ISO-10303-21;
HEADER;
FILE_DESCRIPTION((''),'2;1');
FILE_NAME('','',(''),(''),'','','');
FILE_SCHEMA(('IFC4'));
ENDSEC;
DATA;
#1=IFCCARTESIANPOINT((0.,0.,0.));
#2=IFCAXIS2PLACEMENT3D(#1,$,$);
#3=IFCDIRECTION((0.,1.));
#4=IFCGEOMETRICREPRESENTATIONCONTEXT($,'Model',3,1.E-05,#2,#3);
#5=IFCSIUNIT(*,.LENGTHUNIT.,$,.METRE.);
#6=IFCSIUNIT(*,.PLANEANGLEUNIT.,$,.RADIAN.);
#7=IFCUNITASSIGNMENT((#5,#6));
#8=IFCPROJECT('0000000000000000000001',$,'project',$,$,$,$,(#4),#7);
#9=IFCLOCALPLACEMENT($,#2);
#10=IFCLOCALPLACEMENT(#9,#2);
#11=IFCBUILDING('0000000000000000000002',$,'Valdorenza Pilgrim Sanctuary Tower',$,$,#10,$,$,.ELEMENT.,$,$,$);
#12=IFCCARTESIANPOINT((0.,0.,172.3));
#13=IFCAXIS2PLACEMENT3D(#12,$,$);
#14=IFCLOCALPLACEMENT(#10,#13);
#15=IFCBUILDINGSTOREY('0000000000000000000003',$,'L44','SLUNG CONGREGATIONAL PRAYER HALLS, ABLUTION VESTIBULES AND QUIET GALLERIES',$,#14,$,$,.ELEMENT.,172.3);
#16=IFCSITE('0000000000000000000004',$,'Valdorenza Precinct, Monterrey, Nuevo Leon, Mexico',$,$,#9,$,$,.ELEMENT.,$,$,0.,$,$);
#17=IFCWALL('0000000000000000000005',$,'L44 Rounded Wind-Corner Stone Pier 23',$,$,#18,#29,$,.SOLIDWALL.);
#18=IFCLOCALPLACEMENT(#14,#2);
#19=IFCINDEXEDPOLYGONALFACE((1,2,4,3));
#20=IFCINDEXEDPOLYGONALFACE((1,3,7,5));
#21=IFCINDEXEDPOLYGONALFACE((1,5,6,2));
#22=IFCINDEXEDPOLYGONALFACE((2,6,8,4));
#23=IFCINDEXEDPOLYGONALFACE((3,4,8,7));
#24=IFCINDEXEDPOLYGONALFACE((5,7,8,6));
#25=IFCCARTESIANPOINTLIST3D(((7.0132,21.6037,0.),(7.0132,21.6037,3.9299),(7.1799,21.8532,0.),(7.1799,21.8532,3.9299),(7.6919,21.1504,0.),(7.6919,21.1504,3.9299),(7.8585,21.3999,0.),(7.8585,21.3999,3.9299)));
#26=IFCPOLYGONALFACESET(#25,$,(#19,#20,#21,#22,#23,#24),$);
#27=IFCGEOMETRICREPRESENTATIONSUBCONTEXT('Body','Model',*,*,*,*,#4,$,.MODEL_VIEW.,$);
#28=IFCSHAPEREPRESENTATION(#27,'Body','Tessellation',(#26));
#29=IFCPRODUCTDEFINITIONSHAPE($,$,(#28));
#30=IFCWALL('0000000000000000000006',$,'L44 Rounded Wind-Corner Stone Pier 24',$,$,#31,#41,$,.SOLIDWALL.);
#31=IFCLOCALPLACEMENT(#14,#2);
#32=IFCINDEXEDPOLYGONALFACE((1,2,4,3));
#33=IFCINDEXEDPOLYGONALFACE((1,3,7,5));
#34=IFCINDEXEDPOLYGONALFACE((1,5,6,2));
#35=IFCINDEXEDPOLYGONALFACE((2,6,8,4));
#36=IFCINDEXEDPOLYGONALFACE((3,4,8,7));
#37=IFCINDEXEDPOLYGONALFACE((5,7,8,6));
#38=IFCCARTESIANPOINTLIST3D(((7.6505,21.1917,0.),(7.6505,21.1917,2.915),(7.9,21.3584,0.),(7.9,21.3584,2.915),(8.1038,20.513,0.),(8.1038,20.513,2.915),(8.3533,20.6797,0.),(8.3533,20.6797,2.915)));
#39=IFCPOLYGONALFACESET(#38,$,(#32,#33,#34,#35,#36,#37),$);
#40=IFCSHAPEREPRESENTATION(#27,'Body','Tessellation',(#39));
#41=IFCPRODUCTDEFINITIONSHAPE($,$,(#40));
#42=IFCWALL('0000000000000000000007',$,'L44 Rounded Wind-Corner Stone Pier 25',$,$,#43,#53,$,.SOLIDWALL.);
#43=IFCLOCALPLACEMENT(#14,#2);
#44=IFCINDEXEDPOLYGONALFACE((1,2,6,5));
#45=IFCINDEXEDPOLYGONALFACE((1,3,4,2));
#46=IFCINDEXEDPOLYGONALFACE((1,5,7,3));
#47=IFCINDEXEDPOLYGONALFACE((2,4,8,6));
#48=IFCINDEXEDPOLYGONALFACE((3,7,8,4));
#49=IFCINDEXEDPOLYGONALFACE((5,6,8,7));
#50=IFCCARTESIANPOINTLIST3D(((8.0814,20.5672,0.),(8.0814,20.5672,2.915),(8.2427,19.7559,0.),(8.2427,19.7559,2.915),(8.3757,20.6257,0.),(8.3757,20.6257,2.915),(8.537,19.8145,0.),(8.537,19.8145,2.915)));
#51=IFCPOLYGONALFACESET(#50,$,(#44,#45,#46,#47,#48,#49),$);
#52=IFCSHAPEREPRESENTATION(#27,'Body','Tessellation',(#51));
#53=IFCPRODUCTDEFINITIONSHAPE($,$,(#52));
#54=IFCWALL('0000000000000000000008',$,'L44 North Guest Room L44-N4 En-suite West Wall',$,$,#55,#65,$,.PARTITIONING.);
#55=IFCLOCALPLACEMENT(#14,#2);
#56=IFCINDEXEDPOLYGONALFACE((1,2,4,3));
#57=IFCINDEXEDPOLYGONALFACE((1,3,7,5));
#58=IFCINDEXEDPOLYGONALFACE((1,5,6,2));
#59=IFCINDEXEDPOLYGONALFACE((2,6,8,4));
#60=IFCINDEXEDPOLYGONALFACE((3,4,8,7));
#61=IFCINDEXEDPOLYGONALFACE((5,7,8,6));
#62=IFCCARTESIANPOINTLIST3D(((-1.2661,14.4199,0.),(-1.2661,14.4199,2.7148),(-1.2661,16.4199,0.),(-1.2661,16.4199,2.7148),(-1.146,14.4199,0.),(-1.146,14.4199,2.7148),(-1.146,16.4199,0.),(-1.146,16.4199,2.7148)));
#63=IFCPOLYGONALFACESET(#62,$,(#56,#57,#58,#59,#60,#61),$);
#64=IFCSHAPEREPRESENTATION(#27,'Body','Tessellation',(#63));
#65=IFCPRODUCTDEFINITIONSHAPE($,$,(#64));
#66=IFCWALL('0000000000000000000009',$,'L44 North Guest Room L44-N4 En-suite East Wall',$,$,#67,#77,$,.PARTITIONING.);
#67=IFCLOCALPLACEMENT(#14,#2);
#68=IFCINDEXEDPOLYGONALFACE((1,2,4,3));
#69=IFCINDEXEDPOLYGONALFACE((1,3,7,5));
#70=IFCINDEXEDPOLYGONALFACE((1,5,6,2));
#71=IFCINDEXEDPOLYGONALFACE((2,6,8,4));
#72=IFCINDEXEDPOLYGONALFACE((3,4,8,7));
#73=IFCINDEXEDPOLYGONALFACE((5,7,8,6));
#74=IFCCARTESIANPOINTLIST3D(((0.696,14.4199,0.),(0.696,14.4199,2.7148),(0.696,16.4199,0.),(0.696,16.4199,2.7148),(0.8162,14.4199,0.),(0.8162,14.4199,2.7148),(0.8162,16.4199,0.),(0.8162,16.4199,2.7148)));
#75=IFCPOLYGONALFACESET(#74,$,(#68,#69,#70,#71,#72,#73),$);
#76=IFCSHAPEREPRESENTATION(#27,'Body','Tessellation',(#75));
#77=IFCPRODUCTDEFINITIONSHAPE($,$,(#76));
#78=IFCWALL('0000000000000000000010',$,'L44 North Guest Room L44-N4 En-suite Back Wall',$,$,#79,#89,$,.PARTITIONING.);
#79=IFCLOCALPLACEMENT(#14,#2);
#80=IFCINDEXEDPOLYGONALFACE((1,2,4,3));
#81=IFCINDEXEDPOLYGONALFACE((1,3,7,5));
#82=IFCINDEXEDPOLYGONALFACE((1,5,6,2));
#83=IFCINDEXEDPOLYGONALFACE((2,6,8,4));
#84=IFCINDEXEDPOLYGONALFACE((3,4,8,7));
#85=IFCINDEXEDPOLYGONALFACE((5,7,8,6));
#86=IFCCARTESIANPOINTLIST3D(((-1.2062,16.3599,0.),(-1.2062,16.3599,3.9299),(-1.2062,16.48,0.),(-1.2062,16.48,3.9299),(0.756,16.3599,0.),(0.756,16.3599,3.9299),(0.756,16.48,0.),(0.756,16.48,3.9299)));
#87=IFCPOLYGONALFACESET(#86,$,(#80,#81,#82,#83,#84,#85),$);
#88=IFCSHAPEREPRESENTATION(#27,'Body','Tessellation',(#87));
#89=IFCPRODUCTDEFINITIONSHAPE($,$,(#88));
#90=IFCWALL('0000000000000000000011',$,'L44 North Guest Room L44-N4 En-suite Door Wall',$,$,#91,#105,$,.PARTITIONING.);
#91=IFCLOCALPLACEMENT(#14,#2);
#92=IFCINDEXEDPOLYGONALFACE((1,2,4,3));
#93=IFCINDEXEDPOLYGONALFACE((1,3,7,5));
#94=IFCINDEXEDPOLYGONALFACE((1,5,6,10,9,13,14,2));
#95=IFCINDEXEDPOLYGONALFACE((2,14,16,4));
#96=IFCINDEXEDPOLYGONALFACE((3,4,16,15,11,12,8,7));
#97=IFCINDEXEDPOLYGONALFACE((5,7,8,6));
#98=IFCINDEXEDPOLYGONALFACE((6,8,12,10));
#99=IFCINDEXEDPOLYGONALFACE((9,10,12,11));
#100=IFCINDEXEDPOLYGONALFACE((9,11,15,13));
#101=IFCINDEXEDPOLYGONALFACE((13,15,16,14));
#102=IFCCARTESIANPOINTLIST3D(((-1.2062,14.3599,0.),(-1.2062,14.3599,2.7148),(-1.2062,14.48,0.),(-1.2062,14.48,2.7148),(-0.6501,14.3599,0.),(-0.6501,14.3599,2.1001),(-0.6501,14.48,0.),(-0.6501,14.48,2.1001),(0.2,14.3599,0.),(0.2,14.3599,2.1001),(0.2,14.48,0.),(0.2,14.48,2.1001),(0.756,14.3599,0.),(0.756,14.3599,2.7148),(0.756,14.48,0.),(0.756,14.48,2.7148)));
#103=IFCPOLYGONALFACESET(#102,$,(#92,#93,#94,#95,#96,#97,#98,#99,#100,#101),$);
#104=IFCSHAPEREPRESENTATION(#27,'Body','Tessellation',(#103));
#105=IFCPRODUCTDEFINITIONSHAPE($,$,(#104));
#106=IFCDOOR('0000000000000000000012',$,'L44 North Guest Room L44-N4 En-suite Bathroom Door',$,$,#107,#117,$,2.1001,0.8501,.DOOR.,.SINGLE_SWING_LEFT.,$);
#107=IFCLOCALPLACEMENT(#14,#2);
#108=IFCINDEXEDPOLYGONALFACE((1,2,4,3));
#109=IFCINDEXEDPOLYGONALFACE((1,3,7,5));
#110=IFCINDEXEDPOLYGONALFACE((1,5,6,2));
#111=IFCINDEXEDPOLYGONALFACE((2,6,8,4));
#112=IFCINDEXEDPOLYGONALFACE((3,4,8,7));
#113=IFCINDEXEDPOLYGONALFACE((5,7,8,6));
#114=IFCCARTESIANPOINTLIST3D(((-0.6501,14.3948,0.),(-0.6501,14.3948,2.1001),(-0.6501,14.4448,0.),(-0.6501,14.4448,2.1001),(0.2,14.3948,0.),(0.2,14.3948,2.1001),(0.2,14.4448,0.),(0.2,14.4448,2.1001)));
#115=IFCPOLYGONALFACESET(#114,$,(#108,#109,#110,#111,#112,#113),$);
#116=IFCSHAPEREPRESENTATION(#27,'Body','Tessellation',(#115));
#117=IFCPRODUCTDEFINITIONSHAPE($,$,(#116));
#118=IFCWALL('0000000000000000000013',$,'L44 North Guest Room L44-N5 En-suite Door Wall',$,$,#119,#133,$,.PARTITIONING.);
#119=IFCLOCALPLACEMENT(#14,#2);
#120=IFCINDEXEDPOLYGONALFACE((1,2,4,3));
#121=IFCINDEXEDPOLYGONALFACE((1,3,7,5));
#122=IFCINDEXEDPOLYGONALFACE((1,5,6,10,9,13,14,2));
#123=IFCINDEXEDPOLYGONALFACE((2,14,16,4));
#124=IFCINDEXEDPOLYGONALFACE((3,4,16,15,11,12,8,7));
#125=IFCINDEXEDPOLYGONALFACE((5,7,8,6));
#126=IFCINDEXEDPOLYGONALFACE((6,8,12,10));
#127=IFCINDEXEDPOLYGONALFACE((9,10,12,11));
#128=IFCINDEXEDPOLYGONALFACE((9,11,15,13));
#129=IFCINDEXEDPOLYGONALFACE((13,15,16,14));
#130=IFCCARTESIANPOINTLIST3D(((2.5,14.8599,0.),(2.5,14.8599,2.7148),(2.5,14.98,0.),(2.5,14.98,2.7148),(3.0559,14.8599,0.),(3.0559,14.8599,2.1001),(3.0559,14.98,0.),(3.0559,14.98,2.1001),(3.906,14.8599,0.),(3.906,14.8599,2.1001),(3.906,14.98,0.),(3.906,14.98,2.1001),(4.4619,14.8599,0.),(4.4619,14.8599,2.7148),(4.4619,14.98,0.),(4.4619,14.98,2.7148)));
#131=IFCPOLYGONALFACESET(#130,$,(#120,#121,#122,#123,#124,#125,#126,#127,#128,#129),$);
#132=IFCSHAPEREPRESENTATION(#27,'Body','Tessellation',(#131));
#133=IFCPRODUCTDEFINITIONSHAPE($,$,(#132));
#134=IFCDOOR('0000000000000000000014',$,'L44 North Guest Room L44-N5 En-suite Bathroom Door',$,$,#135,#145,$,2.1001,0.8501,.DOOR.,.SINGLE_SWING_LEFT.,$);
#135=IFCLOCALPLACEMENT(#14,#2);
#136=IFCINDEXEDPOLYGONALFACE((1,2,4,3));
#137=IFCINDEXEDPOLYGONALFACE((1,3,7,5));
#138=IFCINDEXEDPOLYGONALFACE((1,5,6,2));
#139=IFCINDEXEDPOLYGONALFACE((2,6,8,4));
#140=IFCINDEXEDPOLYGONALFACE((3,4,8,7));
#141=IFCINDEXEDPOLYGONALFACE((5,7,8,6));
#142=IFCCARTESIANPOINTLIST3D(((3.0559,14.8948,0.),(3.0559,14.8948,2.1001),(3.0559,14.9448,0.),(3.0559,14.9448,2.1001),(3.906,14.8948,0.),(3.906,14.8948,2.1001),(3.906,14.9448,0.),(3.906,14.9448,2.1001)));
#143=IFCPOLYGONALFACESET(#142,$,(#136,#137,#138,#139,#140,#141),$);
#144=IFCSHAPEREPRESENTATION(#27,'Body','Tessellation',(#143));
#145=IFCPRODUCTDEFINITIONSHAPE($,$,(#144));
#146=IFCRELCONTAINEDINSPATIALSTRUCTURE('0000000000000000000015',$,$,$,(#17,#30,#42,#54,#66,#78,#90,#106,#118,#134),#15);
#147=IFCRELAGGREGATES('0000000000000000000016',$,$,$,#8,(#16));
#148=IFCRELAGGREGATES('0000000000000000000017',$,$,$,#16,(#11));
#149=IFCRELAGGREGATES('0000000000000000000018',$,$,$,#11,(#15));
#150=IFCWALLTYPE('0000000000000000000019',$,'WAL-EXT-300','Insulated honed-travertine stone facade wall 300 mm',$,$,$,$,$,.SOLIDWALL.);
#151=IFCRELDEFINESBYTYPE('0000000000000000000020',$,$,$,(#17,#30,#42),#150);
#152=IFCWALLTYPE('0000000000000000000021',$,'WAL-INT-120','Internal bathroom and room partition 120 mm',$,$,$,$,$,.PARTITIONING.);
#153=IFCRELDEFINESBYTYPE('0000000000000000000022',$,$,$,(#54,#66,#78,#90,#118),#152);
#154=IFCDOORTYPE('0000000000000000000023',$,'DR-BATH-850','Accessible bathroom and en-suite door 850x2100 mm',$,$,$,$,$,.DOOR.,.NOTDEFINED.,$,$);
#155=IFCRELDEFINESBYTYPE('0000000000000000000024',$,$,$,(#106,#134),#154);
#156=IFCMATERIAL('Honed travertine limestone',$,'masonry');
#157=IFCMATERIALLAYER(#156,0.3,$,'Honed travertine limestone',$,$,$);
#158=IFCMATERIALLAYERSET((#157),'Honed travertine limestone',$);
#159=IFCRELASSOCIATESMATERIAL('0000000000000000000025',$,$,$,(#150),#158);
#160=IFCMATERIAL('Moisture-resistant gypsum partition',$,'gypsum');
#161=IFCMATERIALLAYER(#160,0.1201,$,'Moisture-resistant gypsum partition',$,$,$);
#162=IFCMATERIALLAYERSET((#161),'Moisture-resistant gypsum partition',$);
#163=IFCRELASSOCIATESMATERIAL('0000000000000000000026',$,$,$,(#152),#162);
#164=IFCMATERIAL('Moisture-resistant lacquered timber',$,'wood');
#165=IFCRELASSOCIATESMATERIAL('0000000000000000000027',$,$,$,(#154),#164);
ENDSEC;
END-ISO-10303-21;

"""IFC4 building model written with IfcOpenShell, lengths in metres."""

from ifc_helpers import new_model, si_unit, direction, frame, frame_2d, origin, place, context, subcontext, project, spatial, rectangle, extrude, material, layer, layer_set, type_object, element, fill, save


model = new_model("IFC4")

# Units and contexts
model_context = context("Model", 3, precision=1e-05, world=origin(), true_north=direction((0.0, 1.0)))
body_context = subcontext(model_context, "Body", "Model", "MODEL_VIEW")
ifc_project = project(units=[si_unit("LENGTHUNIT", "METRE"), si_unit("PLANEANGLEUNIT", "RADIAN")], contexts=[model_context])

# Site, building, storey
site_placement = place(None, origin())
site = spatial("IfcSite", under=ifc_project, at=site_placement, Name="Valdorenza Precinct, Monterrey, Nuevo Leon, Mexico", CompositionType="ELEMENT", RefElevation=0.0)
building_placement = place(site_placement, origin())
building = spatial("IfcBuilding", under=site, at=building_placement, Name="Valdorenza Pilgrim Sanctuary Tower", CompositionType="ELEMENT")
storey_placement = place(building_placement, frame((0.0, 0.0, 172.3)))
storey = spatial("IfcBuildingStorey", under=building, at=storey_placement, Name="L44", Description="SLUNG CONGREGATIONAL PRAYER HALLS, ABLUTION VESTIBULES AND QUIET GALLERIES", CompositionType="ELEMENT", Elevation=172.3)

# Shared definitions
ifc_material_1 = material(Name="Honed travertine limestone", Category="masonry")

# Walls
ifc_layer_1 = layer(ifc_material_1, 0.3, Name="Honed travertine limestone")
ifc_layer_set_1 = layer_set([ifc_layer_1], Name="Honed travertine limestone")
wall_type_1 = type_object("IfcWallType", Name="WAL-EXT-300", Description="Insulated honed-travertine stone facade wall 300 mm", PredefinedType="SOLIDWALL", material=ifc_layer_set_1)
wall_1_placement = place(storey_placement, frame((7.0964, 21.7285, 0.0), z_axis=(0.0, 0.0, 1.0), x_axis=(0.831544, -0.555459, 0.0)))
element("IfcWall", 1, at=wall_1_placement, inside=storey, type_object=wall_type_1, Name="L44 Rounded Wind-Corner Stone Pier 23", PredefinedType="SOLIDWALL", context=body_context, shape_type="SweptSolid", body=[
    extrude(rectangle(XDim=0.8162, YDim=0.3, at=frame_2d((0.4082, 0.0))), origin(), (0.0, 0.0, 1.0), 3.9299),
])
wall_2_placement = place(storey_placement, frame((7.7751, 21.2751, 0.0), z_axis=(0.0, 0.0, 1.0), x_axis=(0.555459, -0.831544, 0.0)))
element("IfcWall", 2, at=wall_2_placement, inside=storey, type_object=wall_type_1, Name="L44 Rounded Wind-Corner Stone Pier 24", PredefinedType="SOLIDWALL", context=body_context, shape_type="SweptSolid", body=[
    extrude(rectangle(XDim=0.8162, YDim=0.3, at=frame_2d((0.4082, 0.0))), origin(), (0.0, 0.0, 1.0), 2.915),
])
wall_3_placement = place(storey_placement, frame((8.2285, 20.5964, 0.0), z_axis=(0.0, 0.0, 1.0), x_axis=(0.195094, -0.980784, 0.0)))
element("IfcWall", 3, at=wall_3_placement, inside=storey, type_object=wall_type_1, Name="L44 Rounded Wind-Corner Stone Pier 25", PredefinedType="SOLIDWALL", context=body_context, shape_type="SweptSolid", body=[
    extrude(rectangle(XDim=0.8271, YDim=0.3, at=frame_2d((0.4136, 0.0))), origin(), (0.0, 0.0, 1.0), 2.915),
])
ifc_material_2 = material(Name="Moisture-resistant gypsum partition", Category="gypsum")
ifc_layer_2 = layer(ifc_material_2, 0.1201, Name="Moisture-resistant gypsum partition")
ifc_layer_set_2 = layer_set([ifc_layer_2], Name="Moisture-resistant gypsum partition")
wall_type_2 = type_object("IfcWallType", Name="WAL-INT-120", Description="Internal bathroom and room partition 120 mm", PredefinedType="PARTITIONING", material=ifc_layer_set_2)
for number, where, z_axis, x_axis, name in (
    (4, (-1.2061, 14.4199, 0.0), (0.0, 0.0, 1.0), (0.0, 1.0, 0.0), "L44 North Guest Room L44-N4 En-suite West Wall"),
    (5, (0.7561, 14.4199, 0.0), (0.0, 0.0, 1.0), (0.0, 1.0, 0.0), "L44 North Guest Room L44-N4 En-suite East Wall"),
):
    element("IfcWall", number, at=place(storey_placement, frame(where, z_axis=z_axis, x_axis=x_axis)), inside=storey, type_object=wall_type_2, Name=name, PredefinedType="PARTITIONING", context=body_context, shape_type="SweptSolid", body=[
        extrude(rectangle(XDim=2.0, YDim=0.1201, at=frame_2d((1.0, 0.0))), origin(), (0.0, 0.0, 1.0), 2.7148),
    ])
wall_4_placement = place(storey_placement, frame((-1.2061, 16.4199, 0.0), z_axis=(0.0, 0.0, 1.0), x_axis=(1.0, 0.0, 0.0)))
element("IfcWall", 6, at=wall_4_placement, inside=storey, type_object=wall_type_2, Name="L44 North Guest Room L44-N4 En-suite Back Wall", PredefinedType="PARTITIONING", context=body_context, shape_type="SweptSolid", body=[
    extrude(rectangle(XDim=1.9622, YDim=0.1201, at=frame_2d((0.981, 0.0))), origin(), (0.0, 0.0, 1.0), 3.9299),
])

# Walls, openings, doors
wall_5_placement = place(storey_placement, frame((-1.2061, 14.4199, 0.0), z_axis=(0.0, 0.0, 1.0), x_axis=(1.0, 0.0, 0.0)))
wall_5 = element("IfcWall", 7, at=wall_5_placement, inside=storey, type_object=wall_type_2, Name="L44 North Guest Room L44-N4 En-suite Door Wall", PredefinedType="PARTITIONING", context=body_context, shape_type="SweptSolid", body=[
    extrude(rectangle(XDim=1.9622, YDim=0.1201, at=frame_2d((0.981, 0.0))), origin(), (0.0, 0.0, 1.0), 2.7148),
])
opening_1_placement = place(wall_5_placement, frame((0.5559, 0.0, 0.0)))
opening_1 = element("IfcOpeningElement", 8, at=opening_1_placement, cuts=wall_5, PredefinedType="OPENING", context=body_context, shape_type="SweptSolid", body=[
    extrude(rectangle(XDim=0.8501, YDim=2.1001, at=frame_2d((0.425, 1.05))), frame((0.0, 0.075, 0.0), z_axis=(0.0, -1.0, 0.0), x_axis=(1.0, 0.0, 0.0)), (0.0, 0.0, 1.0), 0.1499),
])
ifc_material_3 = material(Name="Moisture-resistant lacquered timber", Category="wood")
door_type = type_object("IfcDoorType", Name="DR-BATH-850", Description="Accessible bathroom and en-suite door 850x2100 mm", OperationType="NOTDEFINED", PredefinedType="DOOR", material=ifc_material_3)
door_1_placement = place(opening_1_placement, origin())
door_1 = element("IfcDoor", 9, at=door_1_placement, inside=storey, type_object=door_type, Name="L44 North Guest Room L44-N4 En-suite Bathroom Door", OperationType="SINGLE_SWING_LEFT", OverallHeight=2.1001, OverallWidth=0.8501, PredefinedType="DOOR", context=body_context, shape_type="SweptSolid", body=[
    extrude(rectangle(XDim=0.8501, YDim=2.1001, at=frame_2d((0.425, 1.05))), frame((0.0, 0.0249, 0.0), z_axis=(0.0, -1.0, 0.0), x_axis=(1.0, 0.0, 0.0)), (0.0, 0.0, 1.0), 0.05),
])
fill(opening_1, door_1)
wall_6_placement = place(storey_placement, frame((2.5, 14.9199, 0.0), z_axis=(0.0, 0.0, 1.0), x_axis=(1.0, 0.0, 0.0)))
wall_6 = element("IfcWall", 10, at=wall_6_placement, inside=storey, type_object=wall_type_2, Name="L44 North Guest Room L44-N5 En-suite Door Wall", PredefinedType="PARTITIONING", context=body_context, shape_type="SweptSolid", body=[
    extrude(rectangle(XDim=1.9619, YDim=0.1201, at=frame_2d((0.981, 0.0))), origin(), (0.0, 0.0, 1.0), 2.7148),
])
opening_2_placement = place(wall_6_placement, frame((0.5559, 0.0, 0.0)))
opening_2 = element("IfcOpeningElement", 11, at=opening_2_placement, cuts=wall_6, PredefinedType="OPENING", context=body_context, shape_type="SweptSolid", body=[
    extrude(rectangle(XDim=0.8501, YDim=2.1001, at=frame_2d((0.425, 1.05))), frame((0.0, 0.075, 0.0), z_axis=(0.0, -1.0, 0.0), x_axis=(1.0, 0.0, 0.0)), (0.0, 0.0, 1.0), 0.1499),
])
door_2_placement = place(opening_2_placement, origin())
door_2 = element("IfcDoor", 12, at=door_2_placement, inside=storey, type_object=door_type, Name="L44 North Guest Room L44-N5 En-suite Bathroom Door", OperationType="SINGLE_SWING_LEFT", OverallHeight=2.1001, OverallWidth=0.8501, PredefinedType="DOOR", context=body_context, shape_type="SweptSolid", body=[
    extrude(rectangle(XDim=0.8501, YDim=2.1001, at=frame_2d((0.425, 1.05))), frame((0.0, 0.0249, 0.0), z_axis=(0.0, -1.0, 0.0), x_axis=(1.0, 0.0, 0.0)), (0.0, 0.0, 1.0), 0.05),
])
fill(opening_2, door_2)

save(model, "model.ifc")
